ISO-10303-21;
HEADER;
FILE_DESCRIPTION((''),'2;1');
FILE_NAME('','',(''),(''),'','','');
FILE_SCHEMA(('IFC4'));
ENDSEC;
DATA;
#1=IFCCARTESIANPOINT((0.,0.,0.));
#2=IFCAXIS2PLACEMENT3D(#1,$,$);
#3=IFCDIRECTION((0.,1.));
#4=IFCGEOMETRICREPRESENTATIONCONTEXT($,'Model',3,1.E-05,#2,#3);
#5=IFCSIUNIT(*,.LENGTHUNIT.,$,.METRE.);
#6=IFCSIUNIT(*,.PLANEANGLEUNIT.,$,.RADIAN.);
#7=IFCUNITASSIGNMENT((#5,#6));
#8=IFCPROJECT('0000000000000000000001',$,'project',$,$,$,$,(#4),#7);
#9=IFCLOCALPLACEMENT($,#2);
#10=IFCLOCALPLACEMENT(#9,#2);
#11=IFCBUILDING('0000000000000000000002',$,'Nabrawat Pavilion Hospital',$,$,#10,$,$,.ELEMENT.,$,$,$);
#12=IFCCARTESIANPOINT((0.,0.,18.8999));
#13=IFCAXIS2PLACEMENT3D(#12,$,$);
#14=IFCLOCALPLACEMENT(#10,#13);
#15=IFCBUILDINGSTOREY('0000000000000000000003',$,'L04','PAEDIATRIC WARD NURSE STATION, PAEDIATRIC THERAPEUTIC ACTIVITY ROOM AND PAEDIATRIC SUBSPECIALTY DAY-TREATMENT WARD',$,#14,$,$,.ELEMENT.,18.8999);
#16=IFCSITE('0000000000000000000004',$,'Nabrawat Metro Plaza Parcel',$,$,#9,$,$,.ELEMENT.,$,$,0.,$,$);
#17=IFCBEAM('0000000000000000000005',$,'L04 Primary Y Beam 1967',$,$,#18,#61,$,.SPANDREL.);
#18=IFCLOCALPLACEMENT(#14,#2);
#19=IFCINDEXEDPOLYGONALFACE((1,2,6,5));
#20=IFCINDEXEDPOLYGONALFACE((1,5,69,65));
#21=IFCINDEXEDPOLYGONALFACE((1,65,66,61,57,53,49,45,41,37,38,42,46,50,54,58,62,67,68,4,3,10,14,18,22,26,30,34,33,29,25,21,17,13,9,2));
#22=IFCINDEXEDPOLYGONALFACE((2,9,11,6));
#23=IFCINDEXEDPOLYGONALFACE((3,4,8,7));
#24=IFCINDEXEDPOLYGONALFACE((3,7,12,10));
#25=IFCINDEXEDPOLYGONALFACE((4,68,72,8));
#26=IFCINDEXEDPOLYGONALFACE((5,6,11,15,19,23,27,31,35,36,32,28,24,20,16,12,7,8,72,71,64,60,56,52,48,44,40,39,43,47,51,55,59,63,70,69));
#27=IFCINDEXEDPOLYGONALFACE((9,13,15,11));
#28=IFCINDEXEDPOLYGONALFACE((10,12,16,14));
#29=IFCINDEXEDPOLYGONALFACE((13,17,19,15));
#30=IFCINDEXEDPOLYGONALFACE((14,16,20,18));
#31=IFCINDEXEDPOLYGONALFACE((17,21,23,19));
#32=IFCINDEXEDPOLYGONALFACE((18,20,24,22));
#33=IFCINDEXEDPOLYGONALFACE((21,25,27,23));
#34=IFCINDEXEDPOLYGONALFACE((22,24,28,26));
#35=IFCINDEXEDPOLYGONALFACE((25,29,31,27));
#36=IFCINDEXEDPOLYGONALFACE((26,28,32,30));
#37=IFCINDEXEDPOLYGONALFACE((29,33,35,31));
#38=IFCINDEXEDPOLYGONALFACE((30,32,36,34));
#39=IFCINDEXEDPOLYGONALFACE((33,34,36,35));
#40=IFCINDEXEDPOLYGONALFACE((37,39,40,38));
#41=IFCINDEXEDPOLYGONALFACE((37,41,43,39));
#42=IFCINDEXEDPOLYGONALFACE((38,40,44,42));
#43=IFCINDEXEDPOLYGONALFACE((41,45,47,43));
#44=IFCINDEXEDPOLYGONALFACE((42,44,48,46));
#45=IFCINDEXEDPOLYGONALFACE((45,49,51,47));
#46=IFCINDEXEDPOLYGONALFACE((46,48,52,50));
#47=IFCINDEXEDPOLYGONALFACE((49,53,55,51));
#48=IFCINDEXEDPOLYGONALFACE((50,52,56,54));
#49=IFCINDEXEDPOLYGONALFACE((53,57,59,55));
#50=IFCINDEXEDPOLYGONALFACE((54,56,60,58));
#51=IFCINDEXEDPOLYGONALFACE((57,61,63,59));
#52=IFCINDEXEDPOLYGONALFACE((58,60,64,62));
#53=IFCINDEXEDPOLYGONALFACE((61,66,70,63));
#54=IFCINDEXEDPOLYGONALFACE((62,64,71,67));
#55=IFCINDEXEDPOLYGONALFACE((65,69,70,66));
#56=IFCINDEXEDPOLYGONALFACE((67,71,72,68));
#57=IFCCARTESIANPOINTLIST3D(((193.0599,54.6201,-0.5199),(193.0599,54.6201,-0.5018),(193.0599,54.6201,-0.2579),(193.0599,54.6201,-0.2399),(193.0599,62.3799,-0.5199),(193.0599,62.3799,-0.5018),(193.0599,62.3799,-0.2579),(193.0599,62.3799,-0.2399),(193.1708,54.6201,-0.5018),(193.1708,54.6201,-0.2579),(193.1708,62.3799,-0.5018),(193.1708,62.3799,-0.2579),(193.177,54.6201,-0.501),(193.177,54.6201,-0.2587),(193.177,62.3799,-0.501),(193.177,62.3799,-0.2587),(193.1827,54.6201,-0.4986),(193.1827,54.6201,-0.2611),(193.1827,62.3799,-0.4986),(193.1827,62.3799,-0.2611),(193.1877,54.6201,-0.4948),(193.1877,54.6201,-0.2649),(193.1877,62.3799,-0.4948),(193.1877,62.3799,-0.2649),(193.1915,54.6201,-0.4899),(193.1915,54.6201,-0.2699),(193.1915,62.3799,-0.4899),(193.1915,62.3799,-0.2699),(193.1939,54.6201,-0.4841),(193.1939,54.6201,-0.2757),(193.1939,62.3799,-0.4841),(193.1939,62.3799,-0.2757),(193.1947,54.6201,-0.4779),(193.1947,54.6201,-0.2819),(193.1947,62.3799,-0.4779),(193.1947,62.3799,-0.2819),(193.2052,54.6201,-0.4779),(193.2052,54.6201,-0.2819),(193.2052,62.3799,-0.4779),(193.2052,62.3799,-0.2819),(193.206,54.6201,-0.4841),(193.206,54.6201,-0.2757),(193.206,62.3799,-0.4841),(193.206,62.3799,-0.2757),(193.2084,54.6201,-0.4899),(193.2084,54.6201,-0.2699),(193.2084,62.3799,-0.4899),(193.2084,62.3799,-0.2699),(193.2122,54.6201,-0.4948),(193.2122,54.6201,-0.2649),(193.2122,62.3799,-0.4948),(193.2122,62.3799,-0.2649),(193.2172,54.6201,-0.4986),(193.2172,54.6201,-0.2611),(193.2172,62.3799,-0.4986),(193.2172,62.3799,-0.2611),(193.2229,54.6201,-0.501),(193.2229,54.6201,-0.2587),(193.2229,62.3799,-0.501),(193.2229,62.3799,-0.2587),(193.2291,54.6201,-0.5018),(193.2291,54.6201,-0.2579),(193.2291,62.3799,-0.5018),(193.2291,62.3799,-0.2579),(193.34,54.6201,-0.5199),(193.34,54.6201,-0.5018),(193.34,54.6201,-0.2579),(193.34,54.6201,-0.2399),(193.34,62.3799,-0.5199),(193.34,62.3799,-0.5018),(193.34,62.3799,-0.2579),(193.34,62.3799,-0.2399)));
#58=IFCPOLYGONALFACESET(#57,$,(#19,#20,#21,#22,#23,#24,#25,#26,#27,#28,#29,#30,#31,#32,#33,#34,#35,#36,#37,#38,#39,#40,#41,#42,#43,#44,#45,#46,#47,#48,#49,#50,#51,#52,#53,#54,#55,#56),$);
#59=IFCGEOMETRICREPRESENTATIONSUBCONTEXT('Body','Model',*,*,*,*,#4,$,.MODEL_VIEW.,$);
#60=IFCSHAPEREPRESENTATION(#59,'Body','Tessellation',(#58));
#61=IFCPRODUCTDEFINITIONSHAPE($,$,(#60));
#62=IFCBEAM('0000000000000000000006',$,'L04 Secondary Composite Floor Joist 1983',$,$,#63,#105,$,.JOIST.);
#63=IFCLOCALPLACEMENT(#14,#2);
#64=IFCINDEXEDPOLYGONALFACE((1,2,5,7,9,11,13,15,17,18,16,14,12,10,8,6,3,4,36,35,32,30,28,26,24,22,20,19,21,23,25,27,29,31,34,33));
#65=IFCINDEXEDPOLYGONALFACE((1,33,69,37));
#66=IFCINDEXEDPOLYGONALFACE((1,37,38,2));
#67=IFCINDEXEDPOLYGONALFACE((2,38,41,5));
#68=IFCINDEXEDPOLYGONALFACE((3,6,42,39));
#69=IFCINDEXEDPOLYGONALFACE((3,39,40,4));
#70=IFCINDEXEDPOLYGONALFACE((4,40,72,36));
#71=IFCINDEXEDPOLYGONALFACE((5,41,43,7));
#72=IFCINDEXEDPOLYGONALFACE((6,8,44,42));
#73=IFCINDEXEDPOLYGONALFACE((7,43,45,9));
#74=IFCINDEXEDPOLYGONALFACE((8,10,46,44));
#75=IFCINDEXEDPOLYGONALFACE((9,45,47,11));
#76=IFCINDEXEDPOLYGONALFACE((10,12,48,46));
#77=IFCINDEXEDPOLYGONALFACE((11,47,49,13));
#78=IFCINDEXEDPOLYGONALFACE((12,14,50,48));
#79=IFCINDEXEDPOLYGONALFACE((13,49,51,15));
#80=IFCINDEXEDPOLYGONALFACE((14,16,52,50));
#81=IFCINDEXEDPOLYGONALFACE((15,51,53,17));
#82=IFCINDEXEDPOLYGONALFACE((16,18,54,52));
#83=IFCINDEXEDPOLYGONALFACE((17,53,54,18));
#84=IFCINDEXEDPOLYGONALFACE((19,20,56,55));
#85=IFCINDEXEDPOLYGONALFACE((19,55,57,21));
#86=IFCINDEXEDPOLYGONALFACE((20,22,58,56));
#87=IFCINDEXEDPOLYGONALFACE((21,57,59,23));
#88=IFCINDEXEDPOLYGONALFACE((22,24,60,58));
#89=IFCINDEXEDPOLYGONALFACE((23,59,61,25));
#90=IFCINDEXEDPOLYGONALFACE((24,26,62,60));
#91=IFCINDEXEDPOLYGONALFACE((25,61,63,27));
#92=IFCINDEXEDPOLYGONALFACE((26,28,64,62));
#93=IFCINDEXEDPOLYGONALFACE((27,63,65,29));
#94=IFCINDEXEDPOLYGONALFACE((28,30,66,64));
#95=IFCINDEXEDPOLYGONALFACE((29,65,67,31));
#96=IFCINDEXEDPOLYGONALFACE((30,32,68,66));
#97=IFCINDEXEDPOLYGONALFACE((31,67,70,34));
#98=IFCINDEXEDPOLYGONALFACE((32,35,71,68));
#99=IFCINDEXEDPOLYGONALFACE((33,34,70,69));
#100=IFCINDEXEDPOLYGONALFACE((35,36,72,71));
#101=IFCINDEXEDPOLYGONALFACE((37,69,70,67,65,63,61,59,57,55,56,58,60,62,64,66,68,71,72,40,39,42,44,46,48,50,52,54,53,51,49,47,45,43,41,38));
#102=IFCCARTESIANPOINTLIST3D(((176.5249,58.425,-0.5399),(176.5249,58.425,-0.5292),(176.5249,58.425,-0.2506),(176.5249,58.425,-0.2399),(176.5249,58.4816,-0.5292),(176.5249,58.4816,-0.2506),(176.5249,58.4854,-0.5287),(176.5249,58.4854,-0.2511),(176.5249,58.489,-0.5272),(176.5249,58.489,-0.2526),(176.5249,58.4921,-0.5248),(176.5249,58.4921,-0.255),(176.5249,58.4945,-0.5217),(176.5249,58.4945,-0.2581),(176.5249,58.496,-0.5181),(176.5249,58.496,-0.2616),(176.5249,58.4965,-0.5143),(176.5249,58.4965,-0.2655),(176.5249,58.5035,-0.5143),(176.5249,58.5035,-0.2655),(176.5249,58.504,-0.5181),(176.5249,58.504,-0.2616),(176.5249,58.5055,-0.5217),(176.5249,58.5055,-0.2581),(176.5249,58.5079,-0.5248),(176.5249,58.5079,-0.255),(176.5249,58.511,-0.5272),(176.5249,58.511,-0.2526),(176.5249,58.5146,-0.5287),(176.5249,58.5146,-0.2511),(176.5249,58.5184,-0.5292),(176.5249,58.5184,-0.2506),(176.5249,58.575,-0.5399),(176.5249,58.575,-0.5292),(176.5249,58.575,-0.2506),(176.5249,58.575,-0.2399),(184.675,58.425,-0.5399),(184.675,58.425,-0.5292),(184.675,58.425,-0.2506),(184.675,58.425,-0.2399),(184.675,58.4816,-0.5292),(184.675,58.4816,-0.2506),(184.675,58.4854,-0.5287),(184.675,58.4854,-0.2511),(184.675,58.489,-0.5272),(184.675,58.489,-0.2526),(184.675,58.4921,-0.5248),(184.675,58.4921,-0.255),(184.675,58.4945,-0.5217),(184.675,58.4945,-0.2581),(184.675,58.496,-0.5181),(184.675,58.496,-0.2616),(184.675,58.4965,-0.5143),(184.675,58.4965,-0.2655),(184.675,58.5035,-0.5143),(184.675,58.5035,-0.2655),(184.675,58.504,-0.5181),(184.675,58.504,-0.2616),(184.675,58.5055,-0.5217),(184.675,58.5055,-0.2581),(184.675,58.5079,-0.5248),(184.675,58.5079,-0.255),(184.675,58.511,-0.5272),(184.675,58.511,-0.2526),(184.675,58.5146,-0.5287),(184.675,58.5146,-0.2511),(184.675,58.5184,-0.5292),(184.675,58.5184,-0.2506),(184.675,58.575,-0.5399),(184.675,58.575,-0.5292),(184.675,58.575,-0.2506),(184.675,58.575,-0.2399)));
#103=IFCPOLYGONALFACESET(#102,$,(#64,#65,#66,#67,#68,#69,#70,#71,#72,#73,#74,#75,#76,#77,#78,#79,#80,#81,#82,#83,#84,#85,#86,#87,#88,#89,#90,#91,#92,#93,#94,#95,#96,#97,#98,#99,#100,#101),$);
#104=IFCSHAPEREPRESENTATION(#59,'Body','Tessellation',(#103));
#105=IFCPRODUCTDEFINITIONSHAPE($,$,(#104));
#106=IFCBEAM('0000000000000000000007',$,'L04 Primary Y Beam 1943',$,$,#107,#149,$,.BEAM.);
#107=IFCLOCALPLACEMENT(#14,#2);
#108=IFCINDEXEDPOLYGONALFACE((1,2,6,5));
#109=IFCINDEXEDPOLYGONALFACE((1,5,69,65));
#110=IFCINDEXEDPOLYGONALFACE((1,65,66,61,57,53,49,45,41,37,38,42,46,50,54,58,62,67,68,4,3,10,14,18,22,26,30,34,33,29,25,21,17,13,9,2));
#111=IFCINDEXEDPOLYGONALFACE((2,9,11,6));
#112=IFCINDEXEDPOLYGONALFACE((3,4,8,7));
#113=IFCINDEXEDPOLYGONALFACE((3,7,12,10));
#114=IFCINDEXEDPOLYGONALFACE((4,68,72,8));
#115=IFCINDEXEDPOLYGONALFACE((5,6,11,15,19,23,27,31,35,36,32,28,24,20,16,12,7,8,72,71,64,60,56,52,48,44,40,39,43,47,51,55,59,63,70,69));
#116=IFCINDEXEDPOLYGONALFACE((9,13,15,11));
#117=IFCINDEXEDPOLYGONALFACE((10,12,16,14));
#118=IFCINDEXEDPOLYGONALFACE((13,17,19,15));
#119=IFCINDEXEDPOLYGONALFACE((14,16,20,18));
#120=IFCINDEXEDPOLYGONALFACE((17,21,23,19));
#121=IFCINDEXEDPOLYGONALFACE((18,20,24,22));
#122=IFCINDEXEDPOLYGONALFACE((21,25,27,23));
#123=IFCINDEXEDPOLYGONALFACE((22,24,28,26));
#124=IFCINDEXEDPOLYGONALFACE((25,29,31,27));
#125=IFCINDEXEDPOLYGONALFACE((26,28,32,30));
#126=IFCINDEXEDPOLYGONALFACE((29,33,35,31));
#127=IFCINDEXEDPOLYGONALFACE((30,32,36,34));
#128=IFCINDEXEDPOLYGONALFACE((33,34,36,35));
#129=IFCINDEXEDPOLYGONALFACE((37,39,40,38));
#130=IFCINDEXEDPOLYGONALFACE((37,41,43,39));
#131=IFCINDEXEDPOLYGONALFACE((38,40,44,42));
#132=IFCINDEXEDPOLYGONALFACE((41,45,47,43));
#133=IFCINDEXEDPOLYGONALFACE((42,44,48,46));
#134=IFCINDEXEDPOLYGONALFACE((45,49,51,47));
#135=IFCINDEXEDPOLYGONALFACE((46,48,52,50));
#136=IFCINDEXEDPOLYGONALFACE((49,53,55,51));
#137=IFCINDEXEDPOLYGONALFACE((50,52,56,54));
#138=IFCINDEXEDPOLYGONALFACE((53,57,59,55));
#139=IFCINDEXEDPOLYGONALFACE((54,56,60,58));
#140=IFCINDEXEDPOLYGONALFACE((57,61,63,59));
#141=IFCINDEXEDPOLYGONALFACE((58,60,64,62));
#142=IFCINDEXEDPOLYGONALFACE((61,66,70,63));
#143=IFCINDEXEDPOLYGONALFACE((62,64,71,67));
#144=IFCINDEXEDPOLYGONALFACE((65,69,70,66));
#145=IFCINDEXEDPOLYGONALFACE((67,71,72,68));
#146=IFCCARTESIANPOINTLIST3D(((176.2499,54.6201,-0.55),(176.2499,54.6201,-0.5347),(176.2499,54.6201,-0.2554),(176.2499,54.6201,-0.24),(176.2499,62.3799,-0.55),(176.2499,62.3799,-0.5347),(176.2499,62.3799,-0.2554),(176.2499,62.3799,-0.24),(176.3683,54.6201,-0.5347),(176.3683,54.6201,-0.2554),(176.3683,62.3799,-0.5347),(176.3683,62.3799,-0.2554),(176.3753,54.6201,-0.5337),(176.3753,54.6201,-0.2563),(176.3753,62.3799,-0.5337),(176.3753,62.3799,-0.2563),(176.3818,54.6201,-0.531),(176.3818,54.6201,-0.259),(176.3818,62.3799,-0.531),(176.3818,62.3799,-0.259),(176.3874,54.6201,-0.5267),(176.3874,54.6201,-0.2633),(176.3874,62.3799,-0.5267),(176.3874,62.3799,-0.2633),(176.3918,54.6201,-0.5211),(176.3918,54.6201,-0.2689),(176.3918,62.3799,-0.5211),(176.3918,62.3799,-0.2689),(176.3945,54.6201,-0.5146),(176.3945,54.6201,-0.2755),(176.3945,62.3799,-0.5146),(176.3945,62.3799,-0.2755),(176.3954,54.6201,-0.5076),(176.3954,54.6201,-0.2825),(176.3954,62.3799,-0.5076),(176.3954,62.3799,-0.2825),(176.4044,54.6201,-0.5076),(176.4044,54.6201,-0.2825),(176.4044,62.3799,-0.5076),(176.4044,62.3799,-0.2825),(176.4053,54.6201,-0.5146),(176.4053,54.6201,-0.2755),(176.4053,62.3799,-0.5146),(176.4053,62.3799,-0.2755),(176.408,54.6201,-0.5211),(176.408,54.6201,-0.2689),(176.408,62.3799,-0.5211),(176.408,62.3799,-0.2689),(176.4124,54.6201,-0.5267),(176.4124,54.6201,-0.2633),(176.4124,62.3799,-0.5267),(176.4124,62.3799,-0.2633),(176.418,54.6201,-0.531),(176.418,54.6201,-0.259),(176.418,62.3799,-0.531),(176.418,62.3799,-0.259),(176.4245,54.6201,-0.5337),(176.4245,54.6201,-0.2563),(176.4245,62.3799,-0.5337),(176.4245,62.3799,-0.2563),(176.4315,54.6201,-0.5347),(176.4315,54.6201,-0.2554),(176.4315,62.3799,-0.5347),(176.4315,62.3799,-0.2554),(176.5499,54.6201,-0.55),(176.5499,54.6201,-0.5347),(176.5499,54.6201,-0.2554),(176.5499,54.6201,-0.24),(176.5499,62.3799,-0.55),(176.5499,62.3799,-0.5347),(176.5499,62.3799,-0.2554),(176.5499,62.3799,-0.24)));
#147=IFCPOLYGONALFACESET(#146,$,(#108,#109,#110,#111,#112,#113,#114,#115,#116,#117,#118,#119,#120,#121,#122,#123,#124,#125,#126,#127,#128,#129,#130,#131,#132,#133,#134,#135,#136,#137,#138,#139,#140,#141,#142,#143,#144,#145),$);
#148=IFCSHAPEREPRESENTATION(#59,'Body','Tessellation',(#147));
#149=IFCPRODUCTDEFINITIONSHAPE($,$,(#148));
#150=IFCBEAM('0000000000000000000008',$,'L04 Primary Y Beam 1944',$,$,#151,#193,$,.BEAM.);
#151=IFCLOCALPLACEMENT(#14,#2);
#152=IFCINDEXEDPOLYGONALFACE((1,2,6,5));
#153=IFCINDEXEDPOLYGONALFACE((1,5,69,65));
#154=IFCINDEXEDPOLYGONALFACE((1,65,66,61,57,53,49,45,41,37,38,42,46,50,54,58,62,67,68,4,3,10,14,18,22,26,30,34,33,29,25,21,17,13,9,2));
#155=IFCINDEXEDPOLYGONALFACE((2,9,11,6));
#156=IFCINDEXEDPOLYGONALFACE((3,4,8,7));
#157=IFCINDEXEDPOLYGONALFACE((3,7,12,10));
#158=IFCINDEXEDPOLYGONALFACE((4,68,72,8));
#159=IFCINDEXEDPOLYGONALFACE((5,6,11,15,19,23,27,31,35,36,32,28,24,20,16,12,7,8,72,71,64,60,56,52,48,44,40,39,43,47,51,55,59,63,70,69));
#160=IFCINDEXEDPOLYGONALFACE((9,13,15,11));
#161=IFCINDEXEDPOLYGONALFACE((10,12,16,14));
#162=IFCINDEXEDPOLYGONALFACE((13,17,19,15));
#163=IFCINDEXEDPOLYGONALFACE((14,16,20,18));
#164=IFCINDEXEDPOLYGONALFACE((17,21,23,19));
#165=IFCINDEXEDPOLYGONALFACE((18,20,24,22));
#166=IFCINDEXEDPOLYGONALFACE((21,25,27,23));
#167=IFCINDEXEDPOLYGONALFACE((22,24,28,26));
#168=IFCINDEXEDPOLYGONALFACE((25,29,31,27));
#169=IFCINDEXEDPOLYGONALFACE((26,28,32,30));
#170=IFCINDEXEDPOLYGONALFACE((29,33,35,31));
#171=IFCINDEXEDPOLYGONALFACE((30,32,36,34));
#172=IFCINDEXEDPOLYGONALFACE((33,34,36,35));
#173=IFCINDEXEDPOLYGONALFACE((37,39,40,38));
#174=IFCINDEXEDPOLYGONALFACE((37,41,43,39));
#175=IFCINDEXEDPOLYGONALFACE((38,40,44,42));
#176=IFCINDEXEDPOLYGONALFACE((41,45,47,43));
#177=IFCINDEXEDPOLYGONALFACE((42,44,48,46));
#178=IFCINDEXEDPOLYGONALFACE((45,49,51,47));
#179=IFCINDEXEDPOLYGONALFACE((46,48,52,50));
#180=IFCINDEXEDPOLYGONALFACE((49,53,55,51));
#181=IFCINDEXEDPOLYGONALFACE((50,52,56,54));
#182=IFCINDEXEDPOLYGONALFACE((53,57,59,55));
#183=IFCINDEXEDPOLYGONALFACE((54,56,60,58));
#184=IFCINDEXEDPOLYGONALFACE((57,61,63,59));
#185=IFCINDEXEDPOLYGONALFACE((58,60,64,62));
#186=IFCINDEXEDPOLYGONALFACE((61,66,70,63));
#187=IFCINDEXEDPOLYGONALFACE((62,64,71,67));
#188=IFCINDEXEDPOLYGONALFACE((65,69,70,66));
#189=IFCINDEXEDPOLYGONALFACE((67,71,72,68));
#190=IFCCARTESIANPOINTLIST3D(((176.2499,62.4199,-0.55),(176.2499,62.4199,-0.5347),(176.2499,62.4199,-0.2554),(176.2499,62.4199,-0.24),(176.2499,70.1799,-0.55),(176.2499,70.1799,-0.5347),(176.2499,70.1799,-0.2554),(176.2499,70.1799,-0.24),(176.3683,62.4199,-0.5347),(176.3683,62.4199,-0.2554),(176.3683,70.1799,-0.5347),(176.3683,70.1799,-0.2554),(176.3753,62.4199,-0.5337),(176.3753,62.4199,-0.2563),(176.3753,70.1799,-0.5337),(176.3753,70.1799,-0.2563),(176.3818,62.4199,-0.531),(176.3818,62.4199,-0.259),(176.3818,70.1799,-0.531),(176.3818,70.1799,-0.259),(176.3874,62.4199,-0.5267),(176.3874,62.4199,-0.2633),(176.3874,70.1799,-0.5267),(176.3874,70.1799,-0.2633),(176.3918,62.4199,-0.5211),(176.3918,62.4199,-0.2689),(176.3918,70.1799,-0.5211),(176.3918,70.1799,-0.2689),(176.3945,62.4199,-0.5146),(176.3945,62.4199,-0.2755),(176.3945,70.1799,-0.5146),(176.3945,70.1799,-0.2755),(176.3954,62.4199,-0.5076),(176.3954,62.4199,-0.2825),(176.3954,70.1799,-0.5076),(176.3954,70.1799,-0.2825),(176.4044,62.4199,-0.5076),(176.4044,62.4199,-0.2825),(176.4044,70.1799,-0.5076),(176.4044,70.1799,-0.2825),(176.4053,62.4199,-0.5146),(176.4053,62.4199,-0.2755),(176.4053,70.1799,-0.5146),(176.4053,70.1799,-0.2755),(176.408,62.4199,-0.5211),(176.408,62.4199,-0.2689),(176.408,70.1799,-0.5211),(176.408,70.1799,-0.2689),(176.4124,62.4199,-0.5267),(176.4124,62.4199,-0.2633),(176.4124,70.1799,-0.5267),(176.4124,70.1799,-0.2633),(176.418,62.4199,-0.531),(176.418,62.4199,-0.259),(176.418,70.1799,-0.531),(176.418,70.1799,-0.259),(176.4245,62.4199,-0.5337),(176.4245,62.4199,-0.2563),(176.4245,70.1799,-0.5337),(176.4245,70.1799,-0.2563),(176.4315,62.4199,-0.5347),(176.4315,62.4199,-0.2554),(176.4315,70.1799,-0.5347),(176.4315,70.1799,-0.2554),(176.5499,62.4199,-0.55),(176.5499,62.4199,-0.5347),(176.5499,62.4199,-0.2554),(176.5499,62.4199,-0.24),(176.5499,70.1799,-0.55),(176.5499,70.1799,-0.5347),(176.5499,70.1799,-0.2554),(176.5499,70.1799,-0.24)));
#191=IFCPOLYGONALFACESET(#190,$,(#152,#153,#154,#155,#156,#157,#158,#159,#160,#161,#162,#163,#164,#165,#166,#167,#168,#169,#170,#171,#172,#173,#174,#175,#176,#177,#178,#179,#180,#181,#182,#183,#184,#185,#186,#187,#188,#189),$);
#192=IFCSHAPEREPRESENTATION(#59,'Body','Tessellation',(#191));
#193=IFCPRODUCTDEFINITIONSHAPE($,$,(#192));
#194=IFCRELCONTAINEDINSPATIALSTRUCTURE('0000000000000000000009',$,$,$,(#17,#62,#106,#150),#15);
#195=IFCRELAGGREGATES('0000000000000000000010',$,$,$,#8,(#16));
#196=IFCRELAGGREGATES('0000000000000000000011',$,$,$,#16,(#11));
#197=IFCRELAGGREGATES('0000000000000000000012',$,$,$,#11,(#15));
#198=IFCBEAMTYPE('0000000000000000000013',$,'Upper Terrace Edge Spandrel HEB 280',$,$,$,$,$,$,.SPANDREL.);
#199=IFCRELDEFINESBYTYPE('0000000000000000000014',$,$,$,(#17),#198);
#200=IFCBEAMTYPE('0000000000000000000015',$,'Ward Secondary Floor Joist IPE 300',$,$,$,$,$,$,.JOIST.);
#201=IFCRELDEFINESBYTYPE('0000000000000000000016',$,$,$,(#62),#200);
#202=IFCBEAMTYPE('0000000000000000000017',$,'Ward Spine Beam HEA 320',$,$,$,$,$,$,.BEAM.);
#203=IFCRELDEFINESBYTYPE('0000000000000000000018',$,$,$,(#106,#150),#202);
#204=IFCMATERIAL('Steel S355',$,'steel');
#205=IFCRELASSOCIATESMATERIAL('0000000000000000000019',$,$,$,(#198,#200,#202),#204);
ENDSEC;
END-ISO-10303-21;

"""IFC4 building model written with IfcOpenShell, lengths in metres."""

from ifc_helpers import new_model, si_unit, direction, frame, origin, origin_2d, place, context, subcontext, project, spatial, i_section, extrude, material, material_profile, profile_set, type_object, element, save


model = new_model("IFC4")

# Units and contexts
model_context = context("Model", 3, precision=1e-05, world=origin(), true_north=direction((0.0, 1.0)))
body_context = subcontext(model_context, "Body", "Model", "MODEL_VIEW")
ifc_project = project(units=[si_unit("LENGTHUNIT", "METRE"), si_unit("PLANEANGLEUNIT", "RADIAN")], contexts=[model_context])

# Site, building, storey
site_placement = place(None, origin())
site = spatial("IfcSite", under=ifc_project, at=site_placement, Name="Nabrawat Metro Plaza Parcel", CompositionType="ELEMENT", RefElevation=0.0)
building_placement = place(site_placement, origin())
building = spatial("IfcBuilding", under=site, at=building_placement, Name="Nabrawat Pavilion Hospital", CompositionType="ELEMENT")
storey_placement = place(building_placement, frame((0.0, 0.0, 18.8999)))
storey = spatial("IfcBuildingStorey", under=building, at=storey_placement, Name="L04", Description="PAEDIATRIC WARD NURSE STATION, PAEDIATRIC THERAPEUTIC ACTIVITY ROOM AND PAEDIATRIC SUBSPECIALTY DAY-TREATMENT WARD", CompositionType="ELEMENT", Elevation=18.8999)

# Shared definitions
ifc_material_1 = material(Name="Steel S355", Category="steel")

# Beams
ifc_material_profile_1 = material_profile(ifc_material_1, i_section(OverallWidth=0.28, OverallDepth=0.28, WebThickness=0.0105, FlangeThickness=0.0181, FilletRadius=0.0239, at=origin_2d()), Name="HEB 280")
ifc_profile_set_1 = profile_set([ifc_material_profile_1], Name="Steel S355")
beam_type_1 = type_object("IfcBeamType", Name="Upper Terrace Edge Spandrel HEB 280", PredefinedType="SPANDREL", material=ifc_profile_set_1)
beam_1_placement = place(storey_placement, frame((193.2, 54.6201, -0.3799), z_axis=(0.0, 1.0, 0.0), x_axis=(-1.0, 0.0, 0.0)))
element("IfcBeam", 1, at=beam_1_placement, inside=storey, type_object=beam_type_1, Name="L04 Primary Y Beam 1967", PredefinedType="SPANDREL", context=body_context, shape_type="SweptSolid", body=[
    extrude(i_section(OverallWidth=0.28, OverallDepth=0.28, WebThickness=0.0105, FlangeThickness=0.0181, FilletRadius=0.0239, at=origin_2d()), origin(), (0.0, 0.0, 1.0), 7.7598),
])
ifc_material_profile_2 = material_profile(ifc_material_1, i_section(OverallWidth=0.1499, OverallDepth=0.3, WebThickness=0.0071, FlangeThickness=0.0107, FilletRadius=0.0149, at=origin_2d()), Name="IPE 300")
ifc_profile_set_2 = profile_set([ifc_material_profile_2], Name="Steel S355")
beam_type_2 = type_object("IfcBeamType", Name="Ward Secondary Floor Joist IPE 300", PredefinedType="JOIST", material=ifc_profile_set_2)
beam_2_placement = place(storey_placement, frame((176.5249, 58.5, -0.3899), z_axis=(1.0, 0.0, 0.0), x_axis=(0.0, 1.0, 0.0)))
element("IfcBeam", 2, at=beam_2_placement, inside=storey, type_object=beam_type_2, Name="L04 Secondary Composite Floor Joist 1983", PredefinedType="JOIST", context=body_context, shape_type="SweptSolid", body=[
    extrude(i_section(OverallWidth=0.1499, OverallDepth=0.3, WebThickness=0.0071, FlangeThickness=0.0107, FilletRadius=0.0149, at=origin_2d()), origin(), (0.0, 0.0, 1.0), 8.1501),
])
ifc_material_profile_3 = material_profile(ifc_material_1, i_section(OverallWidth=0.3, OverallDepth=0.3101, WebThickness=0.009, FlangeThickness=0.0154, FilletRadius=0.0271, at=origin_2d()), Name="HEA 320")
ifc_profile_set_3 = profile_set([ifc_material_profile_3], Name="Steel S355")
beam_type_3 = type_object("IfcBeamType", Name="Ward Spine Beam HEA 320", PredefinedType="BEAM", material=ifc_profile_set_3)
beam_3_placement = place(storey_placement, frame((176.3999, 54.6201, -0.395), z_axis=(0.0, 1.0, 0.0), x_axis=(-1.0, 0.0, 0.0)))
element("IfcBeam", 3, at=beam_3_placement, inside=storey, type_object=beam_type_3, Name="L04 Primary Y Beam 1943", PredefinedType="BEAM", context=body_context, shape_type="SweptSolid", body=[
    extrude(i_section(OverallWidth=0.3, OverallDepth=0.3101, WebThickness=0.009, FlangeThickness=0.0154, FilletRadius=0.0271, at=origin_2d()), origin(), (0.0, 0.0, 1.0), 7.7598),
])
beam_4_placement = place(storey_placement, frame((176.3999, 62.4199, -0.395), z_axis=(0.0, 1.0, 0.0), x_axis=(-1.0, 0.0, 0.0)))
element("IfcBeam", 4, at=beam_4_placement, inside=storey, type_object=beam_type_3, Name="L04 Primary Y Beam 1944", PredefinedType="BEAM", context=body_context, shape_type="SweptSolid", body=[
    extrude(i_section(OverallWidth=0.3, OverallDepth=0.3101, WebThickness=0.009, FlangeThickness=0.0154, FilletRadius=0.0271, at=origin_2d()), origin(), (0.0, 0.0, 1.0), 7.76),
])

save(model, "model.ifc")
